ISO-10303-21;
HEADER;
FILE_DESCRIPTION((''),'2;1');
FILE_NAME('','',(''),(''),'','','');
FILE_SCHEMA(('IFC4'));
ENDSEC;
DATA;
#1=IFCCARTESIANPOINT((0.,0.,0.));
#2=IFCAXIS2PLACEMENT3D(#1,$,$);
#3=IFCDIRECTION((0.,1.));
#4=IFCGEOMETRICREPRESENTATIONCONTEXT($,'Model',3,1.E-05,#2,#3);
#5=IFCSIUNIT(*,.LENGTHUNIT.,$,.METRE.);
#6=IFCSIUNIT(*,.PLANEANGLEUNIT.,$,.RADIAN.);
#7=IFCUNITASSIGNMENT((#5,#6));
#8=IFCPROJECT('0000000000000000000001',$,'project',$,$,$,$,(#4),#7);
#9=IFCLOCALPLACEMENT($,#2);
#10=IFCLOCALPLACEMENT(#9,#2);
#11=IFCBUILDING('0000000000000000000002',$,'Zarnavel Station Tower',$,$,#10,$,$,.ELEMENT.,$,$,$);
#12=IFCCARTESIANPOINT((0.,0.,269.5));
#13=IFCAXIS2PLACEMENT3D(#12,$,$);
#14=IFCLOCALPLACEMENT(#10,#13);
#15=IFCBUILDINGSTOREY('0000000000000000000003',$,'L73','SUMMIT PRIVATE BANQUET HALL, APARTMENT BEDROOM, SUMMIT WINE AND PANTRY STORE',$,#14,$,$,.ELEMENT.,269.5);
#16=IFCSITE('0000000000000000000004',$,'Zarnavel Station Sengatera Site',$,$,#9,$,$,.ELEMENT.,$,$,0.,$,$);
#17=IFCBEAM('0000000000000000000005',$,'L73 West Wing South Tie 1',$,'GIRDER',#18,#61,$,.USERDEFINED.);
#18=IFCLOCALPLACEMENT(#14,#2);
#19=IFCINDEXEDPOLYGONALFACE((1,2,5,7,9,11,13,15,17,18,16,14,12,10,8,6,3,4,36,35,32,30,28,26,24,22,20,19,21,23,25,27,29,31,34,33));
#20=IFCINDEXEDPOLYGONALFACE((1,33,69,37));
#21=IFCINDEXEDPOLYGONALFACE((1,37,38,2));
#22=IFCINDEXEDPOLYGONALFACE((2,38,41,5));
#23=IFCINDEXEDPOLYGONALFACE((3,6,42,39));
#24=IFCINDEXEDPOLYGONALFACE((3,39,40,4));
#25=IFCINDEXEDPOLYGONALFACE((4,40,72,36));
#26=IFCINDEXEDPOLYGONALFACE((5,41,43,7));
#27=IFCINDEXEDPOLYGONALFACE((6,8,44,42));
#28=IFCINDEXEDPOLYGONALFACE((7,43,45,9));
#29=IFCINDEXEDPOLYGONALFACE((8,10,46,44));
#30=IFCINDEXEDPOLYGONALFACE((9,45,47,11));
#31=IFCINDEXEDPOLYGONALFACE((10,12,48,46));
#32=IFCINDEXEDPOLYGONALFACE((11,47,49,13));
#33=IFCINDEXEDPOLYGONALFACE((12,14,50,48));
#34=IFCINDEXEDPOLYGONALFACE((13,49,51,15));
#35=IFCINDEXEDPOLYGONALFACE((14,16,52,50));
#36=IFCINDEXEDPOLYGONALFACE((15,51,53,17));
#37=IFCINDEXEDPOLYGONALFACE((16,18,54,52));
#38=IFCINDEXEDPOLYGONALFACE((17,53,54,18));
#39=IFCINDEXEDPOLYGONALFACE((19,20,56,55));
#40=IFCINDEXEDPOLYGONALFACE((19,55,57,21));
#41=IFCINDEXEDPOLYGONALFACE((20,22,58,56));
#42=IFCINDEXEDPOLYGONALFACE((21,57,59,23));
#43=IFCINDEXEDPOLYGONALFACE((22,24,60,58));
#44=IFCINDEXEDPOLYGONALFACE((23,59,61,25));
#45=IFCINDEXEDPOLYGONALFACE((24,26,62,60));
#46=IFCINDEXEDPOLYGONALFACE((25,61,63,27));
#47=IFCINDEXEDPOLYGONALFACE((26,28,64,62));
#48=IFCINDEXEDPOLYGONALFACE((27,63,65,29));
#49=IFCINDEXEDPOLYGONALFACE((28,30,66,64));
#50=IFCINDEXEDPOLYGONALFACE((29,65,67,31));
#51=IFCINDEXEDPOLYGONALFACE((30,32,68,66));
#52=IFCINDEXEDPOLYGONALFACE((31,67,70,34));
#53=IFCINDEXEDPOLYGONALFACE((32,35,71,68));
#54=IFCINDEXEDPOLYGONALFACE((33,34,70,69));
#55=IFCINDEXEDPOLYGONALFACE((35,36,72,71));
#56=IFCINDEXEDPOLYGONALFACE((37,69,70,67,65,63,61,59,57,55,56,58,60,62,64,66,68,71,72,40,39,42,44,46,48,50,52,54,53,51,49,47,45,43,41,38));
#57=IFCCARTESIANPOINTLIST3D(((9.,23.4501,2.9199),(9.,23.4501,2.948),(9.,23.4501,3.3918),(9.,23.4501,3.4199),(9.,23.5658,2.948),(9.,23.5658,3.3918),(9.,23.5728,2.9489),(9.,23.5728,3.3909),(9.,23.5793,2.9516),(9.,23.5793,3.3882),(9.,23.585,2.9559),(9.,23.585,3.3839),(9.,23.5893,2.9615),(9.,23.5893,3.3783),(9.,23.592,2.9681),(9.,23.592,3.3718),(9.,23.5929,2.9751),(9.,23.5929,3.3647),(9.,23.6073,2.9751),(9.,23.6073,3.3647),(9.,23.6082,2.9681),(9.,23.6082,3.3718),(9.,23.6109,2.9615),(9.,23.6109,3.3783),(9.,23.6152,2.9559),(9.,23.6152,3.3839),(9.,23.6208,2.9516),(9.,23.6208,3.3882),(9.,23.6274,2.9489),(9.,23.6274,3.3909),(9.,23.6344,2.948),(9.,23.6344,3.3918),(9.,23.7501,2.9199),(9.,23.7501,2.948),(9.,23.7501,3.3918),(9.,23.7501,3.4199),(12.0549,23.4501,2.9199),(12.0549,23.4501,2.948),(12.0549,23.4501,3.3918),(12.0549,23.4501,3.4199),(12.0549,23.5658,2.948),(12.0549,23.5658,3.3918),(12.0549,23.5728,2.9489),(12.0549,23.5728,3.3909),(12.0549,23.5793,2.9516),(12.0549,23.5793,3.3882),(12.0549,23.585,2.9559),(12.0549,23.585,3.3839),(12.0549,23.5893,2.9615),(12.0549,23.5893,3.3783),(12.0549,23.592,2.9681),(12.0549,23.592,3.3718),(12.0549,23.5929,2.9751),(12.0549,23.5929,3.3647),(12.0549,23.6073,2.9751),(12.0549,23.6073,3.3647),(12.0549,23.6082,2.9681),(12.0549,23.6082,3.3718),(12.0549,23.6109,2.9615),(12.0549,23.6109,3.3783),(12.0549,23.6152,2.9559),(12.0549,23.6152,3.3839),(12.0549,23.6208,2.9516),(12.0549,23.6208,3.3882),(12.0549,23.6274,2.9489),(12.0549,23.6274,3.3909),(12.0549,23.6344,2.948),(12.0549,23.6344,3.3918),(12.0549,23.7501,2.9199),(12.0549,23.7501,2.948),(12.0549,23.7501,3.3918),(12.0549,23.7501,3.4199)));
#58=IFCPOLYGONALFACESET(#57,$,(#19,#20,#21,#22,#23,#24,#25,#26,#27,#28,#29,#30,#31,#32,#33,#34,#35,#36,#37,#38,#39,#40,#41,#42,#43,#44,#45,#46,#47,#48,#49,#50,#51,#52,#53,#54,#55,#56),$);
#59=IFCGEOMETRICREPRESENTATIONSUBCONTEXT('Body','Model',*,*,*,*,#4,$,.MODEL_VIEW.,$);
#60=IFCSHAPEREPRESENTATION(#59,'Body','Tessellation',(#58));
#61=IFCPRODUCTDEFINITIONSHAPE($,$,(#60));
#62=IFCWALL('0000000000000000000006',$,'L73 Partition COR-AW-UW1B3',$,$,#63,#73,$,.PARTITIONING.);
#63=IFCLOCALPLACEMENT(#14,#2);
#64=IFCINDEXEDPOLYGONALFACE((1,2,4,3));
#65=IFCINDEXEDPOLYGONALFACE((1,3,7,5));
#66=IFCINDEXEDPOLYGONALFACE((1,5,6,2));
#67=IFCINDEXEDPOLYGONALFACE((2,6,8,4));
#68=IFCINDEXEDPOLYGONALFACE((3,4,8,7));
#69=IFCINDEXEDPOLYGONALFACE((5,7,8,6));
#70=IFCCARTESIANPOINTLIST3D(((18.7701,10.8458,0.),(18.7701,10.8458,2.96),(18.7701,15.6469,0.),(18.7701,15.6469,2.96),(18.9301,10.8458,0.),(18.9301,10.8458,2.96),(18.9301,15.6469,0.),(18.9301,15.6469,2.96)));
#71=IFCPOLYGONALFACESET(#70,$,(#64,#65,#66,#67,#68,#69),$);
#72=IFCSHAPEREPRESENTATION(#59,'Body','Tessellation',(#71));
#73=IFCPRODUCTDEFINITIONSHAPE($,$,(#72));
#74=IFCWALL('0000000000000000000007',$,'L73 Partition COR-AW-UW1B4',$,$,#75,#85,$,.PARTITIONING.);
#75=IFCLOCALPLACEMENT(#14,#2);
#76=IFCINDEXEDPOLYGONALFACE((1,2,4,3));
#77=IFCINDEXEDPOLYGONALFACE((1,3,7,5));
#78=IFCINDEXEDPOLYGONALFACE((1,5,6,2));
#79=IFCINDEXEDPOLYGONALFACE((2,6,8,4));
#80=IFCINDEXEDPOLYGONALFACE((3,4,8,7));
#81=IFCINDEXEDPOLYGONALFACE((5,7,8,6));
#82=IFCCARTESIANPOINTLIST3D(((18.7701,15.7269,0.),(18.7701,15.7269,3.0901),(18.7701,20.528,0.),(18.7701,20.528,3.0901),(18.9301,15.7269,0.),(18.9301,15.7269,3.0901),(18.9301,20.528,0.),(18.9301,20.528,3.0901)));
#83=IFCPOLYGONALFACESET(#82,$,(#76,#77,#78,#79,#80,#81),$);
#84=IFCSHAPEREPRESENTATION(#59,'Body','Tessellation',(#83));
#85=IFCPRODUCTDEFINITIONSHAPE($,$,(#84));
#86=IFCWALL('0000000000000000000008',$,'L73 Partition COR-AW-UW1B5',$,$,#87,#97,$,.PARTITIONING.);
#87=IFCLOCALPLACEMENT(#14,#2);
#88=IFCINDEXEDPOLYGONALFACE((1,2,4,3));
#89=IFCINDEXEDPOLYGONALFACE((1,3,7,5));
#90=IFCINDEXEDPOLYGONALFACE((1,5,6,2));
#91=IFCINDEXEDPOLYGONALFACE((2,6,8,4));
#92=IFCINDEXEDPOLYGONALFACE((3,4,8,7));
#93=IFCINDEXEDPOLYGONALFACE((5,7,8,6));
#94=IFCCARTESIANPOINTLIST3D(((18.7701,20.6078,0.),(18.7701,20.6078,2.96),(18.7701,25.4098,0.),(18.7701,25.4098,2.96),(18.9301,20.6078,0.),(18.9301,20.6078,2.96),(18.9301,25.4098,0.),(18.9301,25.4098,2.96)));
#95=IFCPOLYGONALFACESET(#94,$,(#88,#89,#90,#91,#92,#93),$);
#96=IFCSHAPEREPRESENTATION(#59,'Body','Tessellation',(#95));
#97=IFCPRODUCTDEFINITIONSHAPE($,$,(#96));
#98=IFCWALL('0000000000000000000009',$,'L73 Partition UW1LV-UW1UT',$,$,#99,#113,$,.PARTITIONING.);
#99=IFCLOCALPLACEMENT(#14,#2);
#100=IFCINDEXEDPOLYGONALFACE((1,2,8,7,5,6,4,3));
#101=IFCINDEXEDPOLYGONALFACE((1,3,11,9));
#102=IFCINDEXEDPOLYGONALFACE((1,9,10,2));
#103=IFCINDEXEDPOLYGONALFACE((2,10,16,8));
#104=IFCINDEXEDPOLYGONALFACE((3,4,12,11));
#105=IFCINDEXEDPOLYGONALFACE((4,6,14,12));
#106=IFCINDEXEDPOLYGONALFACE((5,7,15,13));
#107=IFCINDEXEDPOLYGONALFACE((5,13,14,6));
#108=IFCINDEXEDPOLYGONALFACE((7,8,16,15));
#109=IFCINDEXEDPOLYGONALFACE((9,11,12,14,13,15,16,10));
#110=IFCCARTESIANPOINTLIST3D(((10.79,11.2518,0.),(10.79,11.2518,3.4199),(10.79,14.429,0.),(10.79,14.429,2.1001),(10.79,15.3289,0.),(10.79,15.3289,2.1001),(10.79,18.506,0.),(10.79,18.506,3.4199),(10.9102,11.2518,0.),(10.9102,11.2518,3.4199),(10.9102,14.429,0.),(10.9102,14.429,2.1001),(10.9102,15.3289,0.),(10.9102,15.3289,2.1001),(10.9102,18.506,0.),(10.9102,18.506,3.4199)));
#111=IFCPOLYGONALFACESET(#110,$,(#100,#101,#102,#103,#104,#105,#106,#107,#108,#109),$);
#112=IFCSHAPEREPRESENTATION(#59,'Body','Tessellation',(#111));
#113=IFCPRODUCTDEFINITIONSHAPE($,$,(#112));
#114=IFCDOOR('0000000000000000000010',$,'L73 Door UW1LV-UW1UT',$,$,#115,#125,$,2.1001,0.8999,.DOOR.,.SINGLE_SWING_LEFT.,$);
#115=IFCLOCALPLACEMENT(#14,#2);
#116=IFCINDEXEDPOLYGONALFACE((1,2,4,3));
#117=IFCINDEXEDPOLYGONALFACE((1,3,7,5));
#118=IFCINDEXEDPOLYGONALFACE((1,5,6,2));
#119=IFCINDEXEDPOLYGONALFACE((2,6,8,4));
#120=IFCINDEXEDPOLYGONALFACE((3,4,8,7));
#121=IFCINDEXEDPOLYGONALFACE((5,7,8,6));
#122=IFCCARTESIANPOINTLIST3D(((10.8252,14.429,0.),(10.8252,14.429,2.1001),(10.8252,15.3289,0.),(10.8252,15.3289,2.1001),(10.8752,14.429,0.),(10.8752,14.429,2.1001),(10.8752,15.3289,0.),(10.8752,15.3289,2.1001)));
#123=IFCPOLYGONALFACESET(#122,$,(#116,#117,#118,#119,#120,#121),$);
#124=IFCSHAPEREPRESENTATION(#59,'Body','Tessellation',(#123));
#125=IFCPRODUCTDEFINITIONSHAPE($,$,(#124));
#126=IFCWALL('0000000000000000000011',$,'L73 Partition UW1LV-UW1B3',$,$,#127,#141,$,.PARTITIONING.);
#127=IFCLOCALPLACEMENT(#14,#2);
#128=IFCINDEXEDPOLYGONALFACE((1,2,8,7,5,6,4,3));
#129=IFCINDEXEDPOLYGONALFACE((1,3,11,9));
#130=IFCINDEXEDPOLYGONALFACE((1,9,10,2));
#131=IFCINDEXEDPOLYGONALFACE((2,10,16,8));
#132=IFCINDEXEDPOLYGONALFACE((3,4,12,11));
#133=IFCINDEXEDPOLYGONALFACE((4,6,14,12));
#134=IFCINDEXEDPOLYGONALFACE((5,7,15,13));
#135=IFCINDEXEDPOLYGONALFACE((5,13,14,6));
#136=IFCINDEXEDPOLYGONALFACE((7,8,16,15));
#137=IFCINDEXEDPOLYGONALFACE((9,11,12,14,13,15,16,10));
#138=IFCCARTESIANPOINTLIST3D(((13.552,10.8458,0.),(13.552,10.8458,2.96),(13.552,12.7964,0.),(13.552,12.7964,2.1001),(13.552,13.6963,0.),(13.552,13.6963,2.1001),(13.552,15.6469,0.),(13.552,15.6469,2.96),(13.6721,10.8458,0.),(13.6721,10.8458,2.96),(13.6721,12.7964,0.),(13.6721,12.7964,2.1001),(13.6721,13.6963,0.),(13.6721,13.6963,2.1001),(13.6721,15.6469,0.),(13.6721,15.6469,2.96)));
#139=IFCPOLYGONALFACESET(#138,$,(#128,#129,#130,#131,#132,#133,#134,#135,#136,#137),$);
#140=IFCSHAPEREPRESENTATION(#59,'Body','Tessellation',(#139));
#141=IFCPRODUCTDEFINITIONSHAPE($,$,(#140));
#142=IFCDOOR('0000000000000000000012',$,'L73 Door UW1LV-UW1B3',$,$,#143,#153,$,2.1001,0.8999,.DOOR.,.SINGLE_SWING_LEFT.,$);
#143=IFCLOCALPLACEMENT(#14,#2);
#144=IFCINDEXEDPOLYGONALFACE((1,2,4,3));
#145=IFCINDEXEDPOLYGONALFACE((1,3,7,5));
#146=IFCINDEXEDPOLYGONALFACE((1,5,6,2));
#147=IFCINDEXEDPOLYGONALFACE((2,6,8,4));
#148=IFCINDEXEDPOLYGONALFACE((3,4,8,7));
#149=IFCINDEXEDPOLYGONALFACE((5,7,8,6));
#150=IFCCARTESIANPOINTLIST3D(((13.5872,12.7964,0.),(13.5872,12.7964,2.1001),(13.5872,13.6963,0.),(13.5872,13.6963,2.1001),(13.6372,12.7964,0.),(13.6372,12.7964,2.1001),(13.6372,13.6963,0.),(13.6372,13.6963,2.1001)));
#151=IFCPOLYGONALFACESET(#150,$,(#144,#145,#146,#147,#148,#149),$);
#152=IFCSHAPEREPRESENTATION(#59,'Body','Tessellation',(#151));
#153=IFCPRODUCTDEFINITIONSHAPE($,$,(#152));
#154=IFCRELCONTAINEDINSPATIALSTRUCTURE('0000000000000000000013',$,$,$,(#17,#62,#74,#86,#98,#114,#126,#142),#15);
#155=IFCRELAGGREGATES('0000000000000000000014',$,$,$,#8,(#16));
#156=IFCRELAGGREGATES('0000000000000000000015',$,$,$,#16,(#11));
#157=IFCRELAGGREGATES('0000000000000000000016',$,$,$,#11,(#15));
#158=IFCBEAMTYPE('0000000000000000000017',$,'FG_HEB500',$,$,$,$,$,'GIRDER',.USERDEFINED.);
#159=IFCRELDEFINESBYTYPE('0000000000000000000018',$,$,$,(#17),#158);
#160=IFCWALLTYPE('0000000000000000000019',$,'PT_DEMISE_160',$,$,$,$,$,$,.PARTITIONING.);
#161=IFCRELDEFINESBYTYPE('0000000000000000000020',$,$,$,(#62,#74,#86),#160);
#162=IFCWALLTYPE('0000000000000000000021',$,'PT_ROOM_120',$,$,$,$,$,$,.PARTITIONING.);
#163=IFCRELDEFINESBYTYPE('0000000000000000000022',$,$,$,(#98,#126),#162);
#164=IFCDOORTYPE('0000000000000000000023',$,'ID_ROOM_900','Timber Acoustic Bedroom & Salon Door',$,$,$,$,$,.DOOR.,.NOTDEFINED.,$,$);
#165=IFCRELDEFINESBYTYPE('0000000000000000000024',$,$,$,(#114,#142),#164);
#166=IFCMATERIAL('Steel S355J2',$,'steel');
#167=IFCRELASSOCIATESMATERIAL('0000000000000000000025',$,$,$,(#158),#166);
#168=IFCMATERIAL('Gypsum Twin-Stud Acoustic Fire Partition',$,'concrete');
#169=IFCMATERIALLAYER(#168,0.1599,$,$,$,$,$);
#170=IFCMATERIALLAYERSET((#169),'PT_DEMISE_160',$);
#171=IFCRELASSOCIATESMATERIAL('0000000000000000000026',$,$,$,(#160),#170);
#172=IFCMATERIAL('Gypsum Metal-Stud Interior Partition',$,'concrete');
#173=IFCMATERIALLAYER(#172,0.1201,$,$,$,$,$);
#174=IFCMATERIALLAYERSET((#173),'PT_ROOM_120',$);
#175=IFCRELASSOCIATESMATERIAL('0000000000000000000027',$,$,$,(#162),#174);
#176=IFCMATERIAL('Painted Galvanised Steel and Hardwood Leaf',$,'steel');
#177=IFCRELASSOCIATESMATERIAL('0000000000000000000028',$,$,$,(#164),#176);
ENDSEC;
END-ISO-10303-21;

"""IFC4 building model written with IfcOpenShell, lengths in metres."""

from ifc_helpers import new_model, si_unit, direction, frame, frame_2d, origin, origin_2d, place, context, subcontext, project, spatial, rectangle, i_section, extrude, material, layer, layer_set, material_profile, profile_set, type_object, element, fill, save


model = new_model("IFC4")

# Units and contexts
model_context = context("Model", 3, precision=1e-05, world=origin(), true_north=direction((0.0, 1.0)))
body_context = subcontext(model_context, "Body", "Model", "MODEL_VIEW")
ifc_project = project(units=[si_unit("LENGTHUNIT", "METRE"), si_unit("PLANEANGLEUNIT", "RADIAN")], contexts=[model_context])

# Site, building, storey
site_placement = place(None, origin())
site = spatial("IfcSite", under=ifc_project, at=site_placement, Name="Zarnavel Station Sengatera Site", CompositionType="ELEMENT", RefElevation=0.0)
building_placement = place(site_placement, origin())
building = spatial("IfcBuilding", under=site, at=building_placement, Name="Zarnavel Station Tower", CompositionType="ELEMENT")
storey_placement = place(building_placement, frame((0.0, 0.0, 269.5)))
storey = spatial("IfcBuildingStorey", under=building, at=storey_placement, Name="L73", Description="SUMMIT PRIVATE BANQUET HALL, APARTMENT BEDROOM, SUMMIT WINE AND PANTRY STORE", CompositionType="ELEMENT", Elevation=269.5)

# Beam
ifc_material_1 = material(Name="Steel S355J2", Category="steel")
ifc_material_profile_1 = material_profile(ifc_material_1, i_section(OverallWidth=0.3, OverallDepth=0.5, WebThickness=0.0144, FlangeThickness=0.0281, FilletRadius=0.0271, at=origin_2d()), Name="HEB500")
ifc_profile_set_1 = profile_set([ifc_material_profile_1], Name="Steel S355J2")
beam_type_1 = type_object("IfcBeamType", Name="FG_HEB500", ElementType="GIRDER", PredefinedType="USERDEFINED", material=ifc_profile_set_1)
beam_1_placement = place(storey_placement, frame((9.0, 23.6001, 3.1699), z_axis=(1.0, 0.0, 0.0), x_axis=(0.0, 1.0, 0.0)))
element("IfcBeam", 1, at=beam_1_placement, inside=storey, type_object=beam_type_1, Name="L73 West Wing South Tie 1", ObjectType="GIRDER", PredefinedType="USERDEFINED", context=body_context, shape_type="SweptSolid", body=[
    extrude(i_section(OverallWidth=0.3, OverallDepth=0.5, WebThickness=0.0144, FlangeThickness=0.0281, FilletRadius=0.0271, at=origin_2d()), origin(), (0.0, 0.0, 1.0), 3.0549),
])

# Walls
ifc_material_2 = material(Name="Gypsum Twin-Stud Acoustic Fire Partition", Category="concrete")
ifc_layer_1 = layer(ifc_material_2, 0.1599)
ifc_layer_set_1 = layer_set([ifc_layer_1], Name="PT_DEMISE_160")
wall_type_1 = type_object("IfcWallType", Name="PT_DEMISE_160", PredefinedType="PARTITIONING", material=ifc_layer_set_1)
wall_1_placement = place(storey_placement, frame((18.8501, 10.8459, 0.0), z_axis=(0.0, 0.0, 1.0), x_axis=(0.0, 1.0, 0.0)))
element("IfcWall", 2, at=wall_1_placement, inside=storey, type_object=wall_type_1, Name="L73 Partition COR-AW-UW1B3", PredefinedType="PARTITIONING", context=body_context, shape_type="SweptSolid", body=[
    extrude(rectangle(XDim=4.801, YDim=0.1599, at=frame_2d((2.4004, 0.0))), origin(), (0.0, 0.0, 1.0), 2.96),
])
wall_2_placement = place(storey_placement, frame((18.8501, 15.7271, 0.0), z_axis=(0.0, 0.0, 1.0), x_axis=(0.0, 1.0, 0.0)))
element("IfcWall", 3, at=wall_2_placement, inside=storey, type_object=wall_type_1, Name="L73 Partition COR-AW-UW1B4", PredefinedType="PARTITIONING", context=body_context, shape_type="SweptSolid", body=[
    extrude(rectangle(XDim=4.801, YDim=0.1599, at=frame_2d((2.4004, 0.0))), origin(), (0.0, 0.0, 1.0), 3.0901),
])
wall_3_placement = place(storey_placement, frame((18.8501, 20.6079, 0.0), z_axis=(0.0, 0.0, 1.0), x_axis=(0.0, 1.0, 0.0)))
element("IfcWall", 4, at=wall_3_placement, inside=storey, type_object=wall_type_1, Name="L73 Partition COR-AW-UW1B5", PredefinedType="PARTITIONING", context=body_context, shape_type="SweptSolid", body=[
    extrude(rectangle(XDim=4.802, YDim=0.1599, at=frame_2d((2.4009, 0.0))), origin(), (0.0, 0.0, 1.0), 2.96),
])

# Walls, openings, doors
ifc_material_3 = material(Name="Gypsum Metal-Stud Interior Partition", Category="concrete")
ifc_layer_2 = layer(ifc_material_3, 0.1201)
ifc_layer_set_2 = layer_set([ifc_layer_2], Name="PT_ROOM_120")
wall_type_2 = type_object("IfcWallType", Name="PT_ROOM_120", PredefinedType="PARTITIONING", material=ifc_layer_set_2)
wall_4_placement = place(storey_placement, frame((10.8501, 11.252, 0.0), z_axis=(0.0, 0.0, 1.0), x_axis=(0.0, 1.0, 0.0)))
wall_4 = element("IfcWall", 5, at=wall_4_placement, inside=storey, type_object=wall_type_2, Name="L73 Partition UW1LV-UW1UT", PredefinedType="PARTITIONING", context=body_context, shape_type="SweptSolid", body=[
    extrude(rectangle(XDim=7.2542, YDim=0.1201, at=frame_2d((3.627, 0.0))), origin(), (0.0, 0.0, 1.0), 3.4199),
])
opening_1_placement = place(wall_4_placement, frame((3.177, 0.0, 0.0)))
opening_1 = element("IfcOpeningElement", 6, at=opening_1_placement, cuts=wall_4, PredefinedType="OPENING", context=body_context, shape_type="SweptSolid", body=[
    extrude(rectangle(XDim=0.8999, YDim=2.1001, at=frame_2d((0.45, 1.05))), frame((0.0, 0.0701, 0.0), z_axis=(0.0, -1.0, 0.0), x_axis=(1.0, 0.0, 0.0)), (0.0, 0.0, 1.0), 0.1401),
])
ifc_material_4 = material(Name="Painted Galvanised Steel and Hardwood Leaf", Category="steel")
door_type_1 = type_object("IfcDoorType", Name="ID_ROOM_900", Description="Timber Acoustic Bedroom & Salon Door", OperationType="NOTDEFINED", PredefinedType="DOOR", material=ifc_material_4)
door_1_placement = place(opening_1_placement, origin())
door_1 = element("IfcDoor", 7, at=door_1_placement, inside=storey, type_object=door_type_1, Name="L73 Door UW1LV-UW1UT", OperationType="SINGLE_SWING_LEFT", OverallHeight=2.1001, OverallWidth=0.8999, PredefinedType="DOOR", context=body_context, shape_type="SweptSolid", body=[
    extrude(rectangle(XDim=0.8999, YDim=2.1001, at=frame_2d((0.45, 1.05))), frame((0.0, 0.0249, 0.0), z_axis=(0.0, -1.0, 0.0), x_axis=(1.0, 0.0, 0.0)), (0.0, 0.0, 1.0), 0.05),
])
fill(opening_1, door_1)
wall_5_placement = place(storey_placement, frame((13.6121, 10.8459, 0.0), z_axis=(0.0, 0.0, 1.0), x_axis=(0.0, 1.0, 0.0)))
wall_5 = element("IfcWall", 8, at=wall_5_placement, inside=storey, type_object=wall_type_2, Name="L73 Partition UW1LV-UW1B3", PredefinedType="PARTITIONING", context=body_context, shape_type="SweptSolid", body=[
    extrude(rectangle(XDim=4.801, YDim=0.1201, at=frame_2d((2.4004, 0.0))), origin(), (0.0, 0.0, 1.0), 2.96),
])
opening_2_placement = place(wall_5_placement, frame((1.9504, 0.0, 0.0)))
opening_2 = element("IfcOpeningElement", 9, at=opening_2_placement, cuts=wall_5, PredefinedType="OPENING", context=body_context, shape_type="SweptSolid", body=[
    extrude(rectangle(XDim=0.8999, YDim=2.1001, at=frame_2d((0.45, 1.05))), frame((0.0, 0.0701, 0.0), z_axis=(0.0, -1.0, 0.0), x_axis=(1.0, 0.0, 0.0)), (0.0, 0.0, 1.0), 0.1401),
])
door_2_placement = place(opening_2_placement, origin())
door_2 = element("IfcDoor", 10, at=door_2_placement, inside=storey, type_object=door_type_1, Name="L73 Door UW1LV-UW1B3", OperationType="SINGLE_SWING_LEFT", OverallHeight=2.1001, OverallWidth=0.8999, PredefinedType="DOOR", context=body_context, shape_type="SweptSolid", body=[
    extrude(rectangle(XDim=0.8999, YDim=2.1001, at=frame_2d((0.45, 1.05))), frame((0.0, 0.0249, 0.0), z_axis=(0.0, -1.0, 0.0), x_axis=(1.0, 0.0, 0.0)), (0.0, 0.0, 1.0), 0.05),
])
fill(opening_2, door_2)

save(model, "model.ifc")
